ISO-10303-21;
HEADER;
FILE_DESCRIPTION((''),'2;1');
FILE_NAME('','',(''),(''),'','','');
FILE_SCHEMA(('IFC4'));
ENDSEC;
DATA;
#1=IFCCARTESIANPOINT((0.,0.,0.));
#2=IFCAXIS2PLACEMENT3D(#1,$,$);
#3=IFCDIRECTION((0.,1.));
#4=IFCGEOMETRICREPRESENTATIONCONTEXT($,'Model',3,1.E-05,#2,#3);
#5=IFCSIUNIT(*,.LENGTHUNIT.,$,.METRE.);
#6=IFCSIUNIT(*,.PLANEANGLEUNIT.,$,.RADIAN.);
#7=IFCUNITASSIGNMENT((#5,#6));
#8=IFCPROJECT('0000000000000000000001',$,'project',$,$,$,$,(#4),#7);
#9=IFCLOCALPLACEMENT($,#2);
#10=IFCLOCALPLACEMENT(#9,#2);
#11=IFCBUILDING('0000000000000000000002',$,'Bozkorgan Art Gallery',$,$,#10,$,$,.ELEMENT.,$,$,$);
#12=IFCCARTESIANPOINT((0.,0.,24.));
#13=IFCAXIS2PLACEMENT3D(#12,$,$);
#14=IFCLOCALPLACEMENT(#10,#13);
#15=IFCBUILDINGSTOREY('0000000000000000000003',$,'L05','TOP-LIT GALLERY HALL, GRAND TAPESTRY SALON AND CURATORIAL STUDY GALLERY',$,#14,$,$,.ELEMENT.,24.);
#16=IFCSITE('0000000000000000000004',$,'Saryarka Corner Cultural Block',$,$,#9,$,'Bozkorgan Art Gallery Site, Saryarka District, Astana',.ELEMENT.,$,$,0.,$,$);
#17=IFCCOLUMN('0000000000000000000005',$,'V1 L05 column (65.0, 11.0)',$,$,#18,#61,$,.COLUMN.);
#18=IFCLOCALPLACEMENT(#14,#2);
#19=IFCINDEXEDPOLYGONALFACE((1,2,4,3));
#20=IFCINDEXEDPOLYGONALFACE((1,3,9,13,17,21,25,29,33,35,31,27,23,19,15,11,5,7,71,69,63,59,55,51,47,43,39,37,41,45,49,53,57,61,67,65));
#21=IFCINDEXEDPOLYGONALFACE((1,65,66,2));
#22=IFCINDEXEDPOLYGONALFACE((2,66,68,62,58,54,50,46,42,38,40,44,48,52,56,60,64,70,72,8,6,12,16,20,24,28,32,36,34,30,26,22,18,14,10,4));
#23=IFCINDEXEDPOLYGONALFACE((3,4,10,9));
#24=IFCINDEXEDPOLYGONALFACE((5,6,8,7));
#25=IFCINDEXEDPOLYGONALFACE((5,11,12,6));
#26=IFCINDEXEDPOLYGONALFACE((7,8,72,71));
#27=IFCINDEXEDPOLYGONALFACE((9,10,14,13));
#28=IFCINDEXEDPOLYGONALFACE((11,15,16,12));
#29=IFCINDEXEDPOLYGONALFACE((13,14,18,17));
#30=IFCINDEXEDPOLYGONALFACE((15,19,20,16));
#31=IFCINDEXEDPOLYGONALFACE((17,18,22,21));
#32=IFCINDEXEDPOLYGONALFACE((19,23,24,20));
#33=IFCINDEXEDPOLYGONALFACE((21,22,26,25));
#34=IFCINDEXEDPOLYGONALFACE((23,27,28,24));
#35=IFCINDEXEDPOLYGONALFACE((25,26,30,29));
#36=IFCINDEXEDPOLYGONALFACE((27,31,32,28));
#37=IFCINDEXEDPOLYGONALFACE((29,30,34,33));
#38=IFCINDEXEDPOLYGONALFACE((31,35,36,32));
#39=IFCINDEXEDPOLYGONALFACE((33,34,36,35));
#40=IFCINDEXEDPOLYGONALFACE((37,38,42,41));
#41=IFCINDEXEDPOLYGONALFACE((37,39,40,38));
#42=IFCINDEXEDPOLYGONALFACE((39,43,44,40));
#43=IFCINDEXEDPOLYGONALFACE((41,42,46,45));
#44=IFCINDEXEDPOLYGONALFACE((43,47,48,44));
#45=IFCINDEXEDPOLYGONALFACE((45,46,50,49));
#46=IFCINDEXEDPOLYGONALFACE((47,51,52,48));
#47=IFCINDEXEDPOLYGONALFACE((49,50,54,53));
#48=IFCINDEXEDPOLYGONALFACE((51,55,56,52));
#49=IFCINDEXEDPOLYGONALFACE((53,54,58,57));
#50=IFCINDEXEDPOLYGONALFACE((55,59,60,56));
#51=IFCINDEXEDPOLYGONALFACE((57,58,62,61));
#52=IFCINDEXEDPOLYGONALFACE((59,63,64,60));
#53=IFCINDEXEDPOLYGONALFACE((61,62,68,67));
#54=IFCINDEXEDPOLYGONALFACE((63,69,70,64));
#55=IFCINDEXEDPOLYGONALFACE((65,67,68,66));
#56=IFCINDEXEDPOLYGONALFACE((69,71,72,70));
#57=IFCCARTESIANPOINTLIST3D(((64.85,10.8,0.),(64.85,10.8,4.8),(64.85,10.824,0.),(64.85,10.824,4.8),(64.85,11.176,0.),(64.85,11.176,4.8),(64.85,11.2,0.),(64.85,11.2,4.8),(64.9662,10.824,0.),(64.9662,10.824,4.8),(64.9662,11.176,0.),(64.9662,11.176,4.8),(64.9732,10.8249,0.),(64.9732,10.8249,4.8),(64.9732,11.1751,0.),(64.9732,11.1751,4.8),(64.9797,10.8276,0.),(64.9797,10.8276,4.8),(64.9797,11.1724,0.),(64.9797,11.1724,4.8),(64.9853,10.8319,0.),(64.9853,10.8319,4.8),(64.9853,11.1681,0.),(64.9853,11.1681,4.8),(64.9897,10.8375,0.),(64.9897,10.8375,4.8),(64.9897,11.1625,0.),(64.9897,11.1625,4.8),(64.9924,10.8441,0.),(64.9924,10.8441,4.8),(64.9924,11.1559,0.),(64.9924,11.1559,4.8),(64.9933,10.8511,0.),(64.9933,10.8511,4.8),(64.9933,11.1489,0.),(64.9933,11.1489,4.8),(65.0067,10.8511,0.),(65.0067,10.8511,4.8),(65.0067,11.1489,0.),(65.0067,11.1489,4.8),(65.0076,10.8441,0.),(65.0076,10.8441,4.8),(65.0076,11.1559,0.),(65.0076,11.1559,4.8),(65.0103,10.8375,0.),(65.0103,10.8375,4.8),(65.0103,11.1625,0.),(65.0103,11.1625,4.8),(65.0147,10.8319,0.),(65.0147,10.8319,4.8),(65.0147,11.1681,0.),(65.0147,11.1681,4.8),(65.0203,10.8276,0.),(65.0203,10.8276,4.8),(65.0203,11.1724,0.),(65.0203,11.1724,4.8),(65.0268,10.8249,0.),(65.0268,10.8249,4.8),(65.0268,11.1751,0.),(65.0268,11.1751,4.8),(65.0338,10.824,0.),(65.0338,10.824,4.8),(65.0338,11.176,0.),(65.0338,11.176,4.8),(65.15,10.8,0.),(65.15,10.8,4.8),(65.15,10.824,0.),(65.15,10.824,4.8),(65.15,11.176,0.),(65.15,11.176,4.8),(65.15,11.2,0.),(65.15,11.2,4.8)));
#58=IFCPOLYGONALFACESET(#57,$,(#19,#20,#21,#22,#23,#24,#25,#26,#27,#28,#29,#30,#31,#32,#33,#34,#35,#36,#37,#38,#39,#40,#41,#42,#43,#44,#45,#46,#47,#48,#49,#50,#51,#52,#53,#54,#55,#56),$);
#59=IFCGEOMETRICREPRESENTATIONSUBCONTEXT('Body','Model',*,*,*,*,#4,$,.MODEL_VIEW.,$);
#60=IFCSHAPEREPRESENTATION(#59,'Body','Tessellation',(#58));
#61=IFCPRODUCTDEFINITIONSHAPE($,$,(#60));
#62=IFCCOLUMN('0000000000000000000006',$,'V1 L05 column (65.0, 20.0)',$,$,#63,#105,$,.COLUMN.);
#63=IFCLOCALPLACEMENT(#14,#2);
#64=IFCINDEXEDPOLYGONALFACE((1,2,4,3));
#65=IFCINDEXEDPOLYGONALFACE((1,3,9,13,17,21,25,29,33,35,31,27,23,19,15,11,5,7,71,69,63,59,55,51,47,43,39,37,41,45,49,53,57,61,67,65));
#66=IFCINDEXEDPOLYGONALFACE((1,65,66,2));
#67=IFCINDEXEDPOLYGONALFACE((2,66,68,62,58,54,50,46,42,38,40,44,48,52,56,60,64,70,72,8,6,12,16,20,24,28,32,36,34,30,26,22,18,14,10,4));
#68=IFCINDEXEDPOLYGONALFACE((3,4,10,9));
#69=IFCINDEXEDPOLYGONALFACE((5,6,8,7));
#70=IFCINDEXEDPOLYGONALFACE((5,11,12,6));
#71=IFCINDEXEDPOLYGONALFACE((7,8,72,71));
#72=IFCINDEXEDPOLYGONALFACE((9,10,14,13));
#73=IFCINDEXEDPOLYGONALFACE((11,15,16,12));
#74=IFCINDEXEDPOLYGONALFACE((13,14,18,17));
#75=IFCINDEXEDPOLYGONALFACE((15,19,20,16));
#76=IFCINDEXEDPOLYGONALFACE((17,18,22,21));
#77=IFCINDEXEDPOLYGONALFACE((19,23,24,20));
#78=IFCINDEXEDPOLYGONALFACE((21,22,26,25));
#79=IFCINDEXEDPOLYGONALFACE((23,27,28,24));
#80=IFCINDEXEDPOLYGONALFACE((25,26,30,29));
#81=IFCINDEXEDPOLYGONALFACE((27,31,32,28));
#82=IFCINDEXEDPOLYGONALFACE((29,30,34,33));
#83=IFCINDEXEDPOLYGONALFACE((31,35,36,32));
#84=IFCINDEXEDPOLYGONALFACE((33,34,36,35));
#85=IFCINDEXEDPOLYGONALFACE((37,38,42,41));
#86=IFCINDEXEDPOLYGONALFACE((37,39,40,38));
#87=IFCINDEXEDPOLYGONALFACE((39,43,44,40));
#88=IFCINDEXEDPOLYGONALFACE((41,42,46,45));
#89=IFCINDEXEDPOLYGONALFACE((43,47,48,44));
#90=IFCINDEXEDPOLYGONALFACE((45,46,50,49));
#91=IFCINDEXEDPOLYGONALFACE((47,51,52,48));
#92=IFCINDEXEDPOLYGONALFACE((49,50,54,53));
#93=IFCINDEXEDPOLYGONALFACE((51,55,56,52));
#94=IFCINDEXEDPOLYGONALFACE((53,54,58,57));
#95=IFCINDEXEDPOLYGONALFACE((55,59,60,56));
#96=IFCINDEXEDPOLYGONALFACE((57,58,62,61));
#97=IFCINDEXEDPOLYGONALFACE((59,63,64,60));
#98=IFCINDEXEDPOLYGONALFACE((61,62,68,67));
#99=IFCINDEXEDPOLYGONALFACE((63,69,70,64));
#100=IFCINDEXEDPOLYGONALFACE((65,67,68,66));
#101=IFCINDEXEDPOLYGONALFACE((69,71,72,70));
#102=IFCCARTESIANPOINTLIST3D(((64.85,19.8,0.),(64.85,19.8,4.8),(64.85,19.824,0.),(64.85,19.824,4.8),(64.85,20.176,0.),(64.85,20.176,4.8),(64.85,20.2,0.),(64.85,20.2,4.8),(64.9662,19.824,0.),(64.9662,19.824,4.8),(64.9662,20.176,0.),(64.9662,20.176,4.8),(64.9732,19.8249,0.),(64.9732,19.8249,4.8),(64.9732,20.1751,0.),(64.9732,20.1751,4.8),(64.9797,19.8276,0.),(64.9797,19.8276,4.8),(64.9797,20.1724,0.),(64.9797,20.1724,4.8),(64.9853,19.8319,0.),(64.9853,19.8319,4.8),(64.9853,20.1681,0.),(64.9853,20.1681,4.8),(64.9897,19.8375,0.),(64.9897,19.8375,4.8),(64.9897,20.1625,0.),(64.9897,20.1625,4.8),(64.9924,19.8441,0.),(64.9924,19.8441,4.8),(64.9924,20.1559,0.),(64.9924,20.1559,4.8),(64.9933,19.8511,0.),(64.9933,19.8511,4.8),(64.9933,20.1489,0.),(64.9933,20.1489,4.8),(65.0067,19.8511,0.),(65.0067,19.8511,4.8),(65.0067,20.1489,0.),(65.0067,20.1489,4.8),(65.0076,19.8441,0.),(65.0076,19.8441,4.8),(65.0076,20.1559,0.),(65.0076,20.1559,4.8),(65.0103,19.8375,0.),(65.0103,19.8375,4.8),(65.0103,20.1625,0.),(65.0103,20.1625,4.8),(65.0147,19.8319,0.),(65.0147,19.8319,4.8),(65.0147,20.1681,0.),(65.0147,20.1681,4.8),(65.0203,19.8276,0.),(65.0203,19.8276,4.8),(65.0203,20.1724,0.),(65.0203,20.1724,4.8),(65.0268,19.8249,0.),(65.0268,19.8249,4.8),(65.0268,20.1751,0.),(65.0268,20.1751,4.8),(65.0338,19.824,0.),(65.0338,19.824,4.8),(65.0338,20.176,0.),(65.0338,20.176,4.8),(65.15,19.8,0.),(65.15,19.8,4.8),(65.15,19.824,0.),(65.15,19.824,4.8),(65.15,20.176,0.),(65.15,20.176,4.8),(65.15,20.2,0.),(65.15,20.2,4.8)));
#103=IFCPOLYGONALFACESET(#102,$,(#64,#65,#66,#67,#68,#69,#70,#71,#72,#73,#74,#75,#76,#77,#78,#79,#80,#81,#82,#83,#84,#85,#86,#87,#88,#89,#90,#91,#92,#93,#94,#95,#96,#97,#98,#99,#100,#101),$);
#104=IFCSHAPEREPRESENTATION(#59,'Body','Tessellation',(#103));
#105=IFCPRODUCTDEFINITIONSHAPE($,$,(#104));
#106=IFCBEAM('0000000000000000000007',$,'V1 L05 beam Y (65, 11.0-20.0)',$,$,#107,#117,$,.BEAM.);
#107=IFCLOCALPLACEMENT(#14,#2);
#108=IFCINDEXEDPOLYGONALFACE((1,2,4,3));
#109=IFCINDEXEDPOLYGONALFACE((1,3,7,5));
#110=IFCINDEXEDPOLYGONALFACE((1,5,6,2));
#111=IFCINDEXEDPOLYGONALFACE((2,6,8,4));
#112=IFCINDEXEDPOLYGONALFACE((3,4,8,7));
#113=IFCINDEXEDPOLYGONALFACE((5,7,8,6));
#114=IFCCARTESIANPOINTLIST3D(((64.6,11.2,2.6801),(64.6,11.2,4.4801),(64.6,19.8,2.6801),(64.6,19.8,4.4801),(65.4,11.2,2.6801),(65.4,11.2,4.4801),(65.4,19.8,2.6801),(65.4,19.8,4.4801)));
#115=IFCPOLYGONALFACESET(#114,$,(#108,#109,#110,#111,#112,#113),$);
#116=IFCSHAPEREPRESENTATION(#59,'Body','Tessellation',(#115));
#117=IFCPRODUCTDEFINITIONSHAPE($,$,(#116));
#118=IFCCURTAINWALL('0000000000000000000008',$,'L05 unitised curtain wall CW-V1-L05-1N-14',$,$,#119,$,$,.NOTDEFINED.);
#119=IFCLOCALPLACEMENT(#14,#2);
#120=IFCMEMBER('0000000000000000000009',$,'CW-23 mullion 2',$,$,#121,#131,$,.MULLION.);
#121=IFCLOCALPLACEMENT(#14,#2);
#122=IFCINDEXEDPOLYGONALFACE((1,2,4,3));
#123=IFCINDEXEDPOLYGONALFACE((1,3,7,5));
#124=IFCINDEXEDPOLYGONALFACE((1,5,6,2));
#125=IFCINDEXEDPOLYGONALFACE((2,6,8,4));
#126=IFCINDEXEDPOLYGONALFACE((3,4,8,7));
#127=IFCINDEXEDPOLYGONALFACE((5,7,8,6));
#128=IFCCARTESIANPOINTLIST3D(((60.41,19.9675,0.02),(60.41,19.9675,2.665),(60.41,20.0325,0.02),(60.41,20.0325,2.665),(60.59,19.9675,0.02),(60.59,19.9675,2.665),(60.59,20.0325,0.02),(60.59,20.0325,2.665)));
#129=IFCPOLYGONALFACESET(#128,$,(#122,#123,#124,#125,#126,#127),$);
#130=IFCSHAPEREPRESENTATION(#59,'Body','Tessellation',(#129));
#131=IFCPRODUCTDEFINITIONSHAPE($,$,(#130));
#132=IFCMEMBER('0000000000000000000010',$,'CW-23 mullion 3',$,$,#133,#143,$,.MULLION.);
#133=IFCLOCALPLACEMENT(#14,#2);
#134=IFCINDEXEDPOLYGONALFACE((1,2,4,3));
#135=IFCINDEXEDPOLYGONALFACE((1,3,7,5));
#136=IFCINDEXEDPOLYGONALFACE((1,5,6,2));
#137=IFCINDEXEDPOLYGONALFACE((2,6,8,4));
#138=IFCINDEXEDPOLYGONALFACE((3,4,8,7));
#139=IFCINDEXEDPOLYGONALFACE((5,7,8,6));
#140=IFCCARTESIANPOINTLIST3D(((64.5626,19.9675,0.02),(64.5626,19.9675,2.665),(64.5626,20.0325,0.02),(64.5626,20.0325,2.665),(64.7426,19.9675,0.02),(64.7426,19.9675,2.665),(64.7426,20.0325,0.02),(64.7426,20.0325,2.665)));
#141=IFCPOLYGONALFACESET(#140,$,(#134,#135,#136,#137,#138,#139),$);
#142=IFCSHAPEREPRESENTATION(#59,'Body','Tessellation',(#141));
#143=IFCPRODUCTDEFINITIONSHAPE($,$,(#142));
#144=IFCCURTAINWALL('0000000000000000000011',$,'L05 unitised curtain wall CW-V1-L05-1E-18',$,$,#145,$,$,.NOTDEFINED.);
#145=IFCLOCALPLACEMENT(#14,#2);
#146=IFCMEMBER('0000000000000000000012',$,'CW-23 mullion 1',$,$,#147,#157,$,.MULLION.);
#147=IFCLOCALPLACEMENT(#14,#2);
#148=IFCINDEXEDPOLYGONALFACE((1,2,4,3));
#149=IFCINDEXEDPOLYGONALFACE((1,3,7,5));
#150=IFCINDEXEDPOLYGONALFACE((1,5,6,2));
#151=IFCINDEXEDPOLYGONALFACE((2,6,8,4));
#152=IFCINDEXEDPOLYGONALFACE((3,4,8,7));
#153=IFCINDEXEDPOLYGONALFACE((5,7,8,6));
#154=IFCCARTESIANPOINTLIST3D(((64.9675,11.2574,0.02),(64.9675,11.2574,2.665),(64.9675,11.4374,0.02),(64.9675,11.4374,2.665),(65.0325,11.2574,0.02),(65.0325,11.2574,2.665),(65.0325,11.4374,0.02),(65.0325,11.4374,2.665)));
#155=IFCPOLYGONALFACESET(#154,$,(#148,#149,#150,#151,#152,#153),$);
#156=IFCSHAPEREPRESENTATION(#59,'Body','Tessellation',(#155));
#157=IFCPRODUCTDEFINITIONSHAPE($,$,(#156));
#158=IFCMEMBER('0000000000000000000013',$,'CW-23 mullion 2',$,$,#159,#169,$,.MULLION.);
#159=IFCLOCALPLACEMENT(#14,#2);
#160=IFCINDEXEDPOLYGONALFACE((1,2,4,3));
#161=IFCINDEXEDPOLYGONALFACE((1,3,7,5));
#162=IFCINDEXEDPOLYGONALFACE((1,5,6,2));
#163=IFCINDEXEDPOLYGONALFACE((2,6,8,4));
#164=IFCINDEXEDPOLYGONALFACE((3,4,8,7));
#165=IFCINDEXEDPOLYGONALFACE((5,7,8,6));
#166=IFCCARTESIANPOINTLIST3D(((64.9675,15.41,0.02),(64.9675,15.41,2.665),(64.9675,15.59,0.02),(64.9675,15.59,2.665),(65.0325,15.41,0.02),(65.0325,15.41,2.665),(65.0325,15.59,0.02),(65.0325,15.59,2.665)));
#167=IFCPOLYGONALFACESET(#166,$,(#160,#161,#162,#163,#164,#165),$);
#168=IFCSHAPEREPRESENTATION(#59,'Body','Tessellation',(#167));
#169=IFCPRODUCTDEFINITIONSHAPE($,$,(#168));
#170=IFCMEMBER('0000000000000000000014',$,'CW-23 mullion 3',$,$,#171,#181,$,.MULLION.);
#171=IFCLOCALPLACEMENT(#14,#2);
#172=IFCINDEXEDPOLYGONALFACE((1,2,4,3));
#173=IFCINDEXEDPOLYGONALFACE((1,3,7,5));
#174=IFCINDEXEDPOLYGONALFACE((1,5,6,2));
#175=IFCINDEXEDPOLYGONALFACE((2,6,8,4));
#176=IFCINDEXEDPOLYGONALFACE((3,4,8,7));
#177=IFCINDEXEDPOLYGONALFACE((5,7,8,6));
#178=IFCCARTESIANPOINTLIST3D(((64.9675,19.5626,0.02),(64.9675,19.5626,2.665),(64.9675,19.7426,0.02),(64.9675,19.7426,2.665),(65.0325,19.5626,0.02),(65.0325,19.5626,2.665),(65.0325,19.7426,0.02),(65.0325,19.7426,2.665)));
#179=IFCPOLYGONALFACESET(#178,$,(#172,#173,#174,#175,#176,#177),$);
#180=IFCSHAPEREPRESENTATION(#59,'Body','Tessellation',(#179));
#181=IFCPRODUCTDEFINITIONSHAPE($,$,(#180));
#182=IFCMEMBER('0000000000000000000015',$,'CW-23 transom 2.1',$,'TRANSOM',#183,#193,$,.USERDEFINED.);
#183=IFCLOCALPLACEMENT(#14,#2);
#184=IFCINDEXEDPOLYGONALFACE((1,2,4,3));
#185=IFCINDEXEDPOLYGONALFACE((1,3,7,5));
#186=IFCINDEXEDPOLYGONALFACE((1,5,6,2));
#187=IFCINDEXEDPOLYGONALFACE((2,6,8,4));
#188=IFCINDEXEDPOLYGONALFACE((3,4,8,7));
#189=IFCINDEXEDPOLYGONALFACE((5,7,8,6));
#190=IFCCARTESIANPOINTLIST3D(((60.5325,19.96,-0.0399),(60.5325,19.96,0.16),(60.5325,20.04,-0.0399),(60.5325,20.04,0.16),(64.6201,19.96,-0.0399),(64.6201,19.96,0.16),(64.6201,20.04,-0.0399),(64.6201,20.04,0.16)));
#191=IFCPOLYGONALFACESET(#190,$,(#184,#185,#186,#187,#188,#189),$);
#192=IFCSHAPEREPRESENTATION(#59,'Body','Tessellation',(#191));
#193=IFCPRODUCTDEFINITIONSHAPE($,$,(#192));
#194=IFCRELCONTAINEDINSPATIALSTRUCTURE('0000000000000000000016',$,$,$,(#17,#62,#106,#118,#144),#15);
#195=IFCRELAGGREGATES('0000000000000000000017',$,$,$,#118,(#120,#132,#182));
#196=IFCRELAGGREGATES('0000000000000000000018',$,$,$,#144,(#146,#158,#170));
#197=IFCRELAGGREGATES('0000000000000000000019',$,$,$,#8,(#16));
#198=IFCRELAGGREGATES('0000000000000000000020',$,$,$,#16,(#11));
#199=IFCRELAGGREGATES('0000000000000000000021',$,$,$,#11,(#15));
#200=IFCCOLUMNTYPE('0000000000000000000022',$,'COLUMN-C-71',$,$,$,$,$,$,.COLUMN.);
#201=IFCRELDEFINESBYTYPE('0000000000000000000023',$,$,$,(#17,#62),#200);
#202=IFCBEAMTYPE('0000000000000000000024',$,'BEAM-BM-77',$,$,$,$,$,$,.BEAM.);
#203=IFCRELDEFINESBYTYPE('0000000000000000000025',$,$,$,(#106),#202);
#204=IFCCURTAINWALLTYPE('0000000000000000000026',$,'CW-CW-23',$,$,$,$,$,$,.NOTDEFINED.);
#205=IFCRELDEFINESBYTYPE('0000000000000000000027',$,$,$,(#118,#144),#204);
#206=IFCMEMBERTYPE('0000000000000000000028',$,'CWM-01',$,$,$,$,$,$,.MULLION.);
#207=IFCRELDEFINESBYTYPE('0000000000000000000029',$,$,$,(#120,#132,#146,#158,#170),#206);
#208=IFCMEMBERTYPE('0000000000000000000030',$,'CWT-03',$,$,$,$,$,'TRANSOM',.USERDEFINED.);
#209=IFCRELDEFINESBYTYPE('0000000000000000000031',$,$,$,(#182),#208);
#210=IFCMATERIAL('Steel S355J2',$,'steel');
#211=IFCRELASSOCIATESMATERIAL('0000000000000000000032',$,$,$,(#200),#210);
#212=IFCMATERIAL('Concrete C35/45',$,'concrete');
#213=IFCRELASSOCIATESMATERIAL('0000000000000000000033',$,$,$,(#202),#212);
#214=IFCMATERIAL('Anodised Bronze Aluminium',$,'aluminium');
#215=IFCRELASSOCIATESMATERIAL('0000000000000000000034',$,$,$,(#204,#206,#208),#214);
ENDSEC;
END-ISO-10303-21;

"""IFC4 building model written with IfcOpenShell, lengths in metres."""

from ifc_helpers import new_model, si_unit, direction, frame, origin, origin_2d, place, context, subcontext, project, spatial, rectangle, i_section, extrude, material, material_profile, profile_set, type_object, element, aggregate, save


model = new_model("IFC4")

# Units and contexts
model_context = context("Model", 3, precision=1e-05, world=origin(), true_north=direction((0.0, 1.0)))
body_context = subcontext(model_context, "Body", "Model", "MODEL_VIEW")
ifc_project = project(units=[si_unit("LENGTHUNIT", "METRE"), si_unit("PLANEANGLEUNIT", "RADIAN")], contexts=[model_context])

# Site, building, storey
site_placement = place(None, origin())
site = spatial("IfcSite", under=ifc_project, at=site_placement, Name="Saryarka Corner Cultural Block", LongName="Bozkorgan Art Gallery Site, Saryarka District, Astana", CompositionType="ELEMENT", RefElevation=0.0)
building_placement = place(site_placement, origin())
building = spatial("IfcBuilding", under=site, at=building_placement, Name="Bozkorgan Art Gallery", CompositionType="ELEMENT")
storey_placement = place(building_placement, frame((0.0, 0.0, 24.0)))
storey = spatial("IfcBuildingStorey", under=building, at=storey_placement, Name="L05", Description="TOP-LIT GALLERY HALL, GRAND TAPESTRY SALON AND CURATORIAL STUDY GALLERY", CompositionType="ELEMENT", Elevation=24.0)

# Columns
ifc_material_1 = material(Name="Steel S355J2", Category="steel")
ifc_material_profile_1 = material_profile(ifc_material_1, i_section(OverallWidth=0.3, OverallDepth=0.3999, WebThickness=0.0134, FlangeThickness=0.0239, FilletRadius=0.0271, at=origin_2d()), Name="HEB 400")
ifc_profile_set_1 = profile_set([ifc_material_profile_1], Name="Steel S355J2")
column_type = type_object("IfcColumnType", Name="COLUMN-C-71", PredefinedType="COLUMN", material=ifc_profile_set_1)
for number, where, z_axis, x_axis, name in (
    (1, (65.0, 11.0, 0.0), (0.0, 0.0, 1.0), (1.0, 0.0, 0.0), "V1 L05 column (65.0, 11.0)"),
    (2, (65.0, 20.0, 0.0), (0.0, 0.0, 1.0), (1.0, 0.0, 0.0), "V1 L05 column (65.0, 20.0)"),
):
    element("IfcColumn", number, at=place(storey_placement, frame(where, z_axis=z_axis, x_axis=x_axis)), inside=storey, type_object=column_type, Name=name, PredefinedType="COLUMN", context=body_context, shape_type="SweptSolid", body=[
        extrude(i_section(OverallWidth=0.3, OverallDepth=0.3999, WebThickness=0.0134, FlangeThickness=0.0239, FilletRadius=0.0271, at=origin_2d()), origin(), (0.0, 0.0, 1.0), 4.8),
    ])

# Beam
ifc_material_2 = material(Name="Concrete C35/45", Category="concrete")
ifc_material_profile_2 = material_profile(ifc_material_2, rectangle(XDim=0.8, YDim=1.8, at=origin_2d()), Name="RC 800x1800")
ifc_profile_set_2 = profile_set([ifc_material_profile_2], Name="Concrete C35/45")
beam_type = type_object("IfcBeamType", Name="BEAM-BM-77", PredefinedType="BEAM", material=ifc_profile_set_2)
beam_placement = place(storey_placement, frame((65.0, 11.2, 3.5801), z_axis=(0.0, 1.0, 0.0), x_axis=(-1.0, 0.0, 0.0)))
element("IfcBeam", 3, at=beam_placement, inside=storey, type_object=beam_type, Name="V1 L05 beam Y (65, 11.0-20.0)", PredefinedType="BEAM", context=body_context, shape_type="SweptSolid", body=[
    extrude(rectangle(XDim=0.8, YDim=1.8, at=origin_2d()), origin(), (0.0, 0.0, 1.0), 8.6001),
])

# Curtain walls, members
ifc_material_3 = material(Name="Anodised Bronze Aluminium", Category="aluminium")
curtain_wall_type = type_object("IfcCurtainWallType", Name="CW-CW-23", PredefinedType="NOTDEFINED", material=ifc_material_3)
curtain_wall_1_placement = place(storey_placement, origin())
curtain_wall_1 = element("IfcCurtainWall", 4, at=curtain_wall_1_placement, inside=storey, type_object=curtain_wall_type, Name="L05 unitised curtain wall CW-V1-L05-1N-14", PredefinedType="NOTDEFINED")
ifc_material_profile_3 = material_profile(ifc_material_3, rectangle(XDim=0.0649, YDim=0.1799, at=origin_2d()), Name="ALU MULLION 65x180")
ifc_profile_set_3 = profile_set([ifc_material_profile_3], Name="Anodised Bronze Aluminium")
member_type_1 = type_object("IfcMemberType", Name="CWM-01", PredefinedType="MULLION", material=ifc_profile_set_3)
member_1_placement = place(storey_placement, frame((60.5, 20.0, 0.02), z_axis=(0.0, 0.0, 1.0), x_axis=(0.0, 1.0, 0.0)))
member_1 = element("IfcMember", 5, at=member_1_placement, type_object=member_type_1, Name="CW-23 mullion 2", PredefinedType="MULLION", context=body_context, shape_type="SweptSolid", body=[
    extrude(rectangle(XDim=0.0649, YDim=0.1799, at=origin_2d()), origin(), (0.0, 0.0, 1.0), 2.645),
])
member_2_placement = place(storey_placement, frame((64.6526, 20.0, 0.02), z_axis=(0.0, 0.0, 1.0), x_axis=(0.0, 1.0, 0.0)))
member_2 = element("IfcMember", 6, at=member_2_placement, type_object=member_type_1, Name="CW-23 mullion 3", PredefinedType="MULLION", context=body_context, shape_type="SweptSolid", body=[
    extrude(rectangle(XDim=0.0649, YDim=0.1799, at=origin_2d()), origin(), (0.0, 0.0, 1.0), 2.645),
])
curtain_wall_2_placement = place(storey_placement, origin())
curtain_wall_2 = element("IfcCurtainWall", 7, at=curtain_wall_2_placement, inside=storey, type_object=curtain_wall_type, Name="L05 unitised curtain wall CW-V1-L05-1E-18", PredefinedType="NOTDEFINED")
member_3_placement = place(storey_placement, frame((65.0, 11.3474, 0.02), z_axis=(0.0, 0.0, 1.0), x_axis=(-1.0, 0.0, 0.0)))
member_3 = element("IfcMember", 8, at=member_3_placement, type_object=member_type_1, Name="CW-23 mullion 1", PredefinedType="MULLION", context=body_context, shape_type="SweptSolid", body=[
    extrude(rectangle(XDim=0.0649, YDim=0.1799, at=origin_2d()), origin(), (0.0, 0.0, 1.0), 2.645),
])
member_4_placement = place(storey_placement, frame((65.0, 15.5, 0.02), z_axis=(0.0, 0.0, 1.0), x_axis=(-1.0, 0.0, 0.0)))
member_4 = element("IfcMember", 9, at=member_4_placement, type_object=member_type_1, Name="CW-23 mullion 2", PredefinedType="MULLION", context=body_context, shape_type="SweptSolid", body=[
    extrude(rectangle(XDim=0.0649, YDim=0.1799, at=origin_2d()), origin(), (0.0, 0.0, 1.0), 2.645),
])
member_5_placement = place(storey_placement, frame((65.0, 19.6526, 0.02), z_axis=(0.0, 0.0, 1.0), x_axis=(-1.0, 0.0, 0.0)))
member_5 = element("IfcMember", 10, at=member_5_placement, type_object=member_type_1, Name="CW-23 mullion 3", PredefinedType="MULLION", context=body_context, shape_type="SweptSolid", body=[
    extrude(rectangle(XDim=0.0649, YDim=0.1799, at=origin_2d()), origin(), (0.0, 0.0, 1.0), 2.645),
])

# Member
ifc_material_profile_4 = material_profile(ifc_material_3, rectangle(XDim=0.0801, YDim=0.2, at=origin_2d()), Name="ALU TRANSOM 80x200")
ifc_profile_set_4 = profile_set([ifc_material_profile_4], Name="Anodised Bronze Aluminium")
member_type_2 = type_object("IfcMemberType", Name="CWT-03", ElementType="TRANSOM", PredefinedType="USERDEFINED", material=ifc_profile_set_4)
member_6_placement = place(storey_placement, frame((60.5325, 20.0, 0.0601), z_axis=(1.0, 0.0, 0.0), x_axis=(0.0, 1.0, 0.0)))
member_6 = element("IfcMember", 11, at=member_6_placement, type_object=member_type_2, Name="CW-23 transom 2.1", ObjectType="TRANSOM", PredefinedType="USERDEFINED", context=body_context, shape_type="SweptSolid", body=[
    extrude(rectangle(XDim=0.0801, YDim=0.2, at=origin_2d()), origin(), (0.0, 0.0, 1.0), 4.0876),
])

aggregate(curtain_wall_1, [member_1, member_2, member_6])
aggregate(curtain_wall_2, [member_3, member_4, member_5])

save(model, "model.ifc")
